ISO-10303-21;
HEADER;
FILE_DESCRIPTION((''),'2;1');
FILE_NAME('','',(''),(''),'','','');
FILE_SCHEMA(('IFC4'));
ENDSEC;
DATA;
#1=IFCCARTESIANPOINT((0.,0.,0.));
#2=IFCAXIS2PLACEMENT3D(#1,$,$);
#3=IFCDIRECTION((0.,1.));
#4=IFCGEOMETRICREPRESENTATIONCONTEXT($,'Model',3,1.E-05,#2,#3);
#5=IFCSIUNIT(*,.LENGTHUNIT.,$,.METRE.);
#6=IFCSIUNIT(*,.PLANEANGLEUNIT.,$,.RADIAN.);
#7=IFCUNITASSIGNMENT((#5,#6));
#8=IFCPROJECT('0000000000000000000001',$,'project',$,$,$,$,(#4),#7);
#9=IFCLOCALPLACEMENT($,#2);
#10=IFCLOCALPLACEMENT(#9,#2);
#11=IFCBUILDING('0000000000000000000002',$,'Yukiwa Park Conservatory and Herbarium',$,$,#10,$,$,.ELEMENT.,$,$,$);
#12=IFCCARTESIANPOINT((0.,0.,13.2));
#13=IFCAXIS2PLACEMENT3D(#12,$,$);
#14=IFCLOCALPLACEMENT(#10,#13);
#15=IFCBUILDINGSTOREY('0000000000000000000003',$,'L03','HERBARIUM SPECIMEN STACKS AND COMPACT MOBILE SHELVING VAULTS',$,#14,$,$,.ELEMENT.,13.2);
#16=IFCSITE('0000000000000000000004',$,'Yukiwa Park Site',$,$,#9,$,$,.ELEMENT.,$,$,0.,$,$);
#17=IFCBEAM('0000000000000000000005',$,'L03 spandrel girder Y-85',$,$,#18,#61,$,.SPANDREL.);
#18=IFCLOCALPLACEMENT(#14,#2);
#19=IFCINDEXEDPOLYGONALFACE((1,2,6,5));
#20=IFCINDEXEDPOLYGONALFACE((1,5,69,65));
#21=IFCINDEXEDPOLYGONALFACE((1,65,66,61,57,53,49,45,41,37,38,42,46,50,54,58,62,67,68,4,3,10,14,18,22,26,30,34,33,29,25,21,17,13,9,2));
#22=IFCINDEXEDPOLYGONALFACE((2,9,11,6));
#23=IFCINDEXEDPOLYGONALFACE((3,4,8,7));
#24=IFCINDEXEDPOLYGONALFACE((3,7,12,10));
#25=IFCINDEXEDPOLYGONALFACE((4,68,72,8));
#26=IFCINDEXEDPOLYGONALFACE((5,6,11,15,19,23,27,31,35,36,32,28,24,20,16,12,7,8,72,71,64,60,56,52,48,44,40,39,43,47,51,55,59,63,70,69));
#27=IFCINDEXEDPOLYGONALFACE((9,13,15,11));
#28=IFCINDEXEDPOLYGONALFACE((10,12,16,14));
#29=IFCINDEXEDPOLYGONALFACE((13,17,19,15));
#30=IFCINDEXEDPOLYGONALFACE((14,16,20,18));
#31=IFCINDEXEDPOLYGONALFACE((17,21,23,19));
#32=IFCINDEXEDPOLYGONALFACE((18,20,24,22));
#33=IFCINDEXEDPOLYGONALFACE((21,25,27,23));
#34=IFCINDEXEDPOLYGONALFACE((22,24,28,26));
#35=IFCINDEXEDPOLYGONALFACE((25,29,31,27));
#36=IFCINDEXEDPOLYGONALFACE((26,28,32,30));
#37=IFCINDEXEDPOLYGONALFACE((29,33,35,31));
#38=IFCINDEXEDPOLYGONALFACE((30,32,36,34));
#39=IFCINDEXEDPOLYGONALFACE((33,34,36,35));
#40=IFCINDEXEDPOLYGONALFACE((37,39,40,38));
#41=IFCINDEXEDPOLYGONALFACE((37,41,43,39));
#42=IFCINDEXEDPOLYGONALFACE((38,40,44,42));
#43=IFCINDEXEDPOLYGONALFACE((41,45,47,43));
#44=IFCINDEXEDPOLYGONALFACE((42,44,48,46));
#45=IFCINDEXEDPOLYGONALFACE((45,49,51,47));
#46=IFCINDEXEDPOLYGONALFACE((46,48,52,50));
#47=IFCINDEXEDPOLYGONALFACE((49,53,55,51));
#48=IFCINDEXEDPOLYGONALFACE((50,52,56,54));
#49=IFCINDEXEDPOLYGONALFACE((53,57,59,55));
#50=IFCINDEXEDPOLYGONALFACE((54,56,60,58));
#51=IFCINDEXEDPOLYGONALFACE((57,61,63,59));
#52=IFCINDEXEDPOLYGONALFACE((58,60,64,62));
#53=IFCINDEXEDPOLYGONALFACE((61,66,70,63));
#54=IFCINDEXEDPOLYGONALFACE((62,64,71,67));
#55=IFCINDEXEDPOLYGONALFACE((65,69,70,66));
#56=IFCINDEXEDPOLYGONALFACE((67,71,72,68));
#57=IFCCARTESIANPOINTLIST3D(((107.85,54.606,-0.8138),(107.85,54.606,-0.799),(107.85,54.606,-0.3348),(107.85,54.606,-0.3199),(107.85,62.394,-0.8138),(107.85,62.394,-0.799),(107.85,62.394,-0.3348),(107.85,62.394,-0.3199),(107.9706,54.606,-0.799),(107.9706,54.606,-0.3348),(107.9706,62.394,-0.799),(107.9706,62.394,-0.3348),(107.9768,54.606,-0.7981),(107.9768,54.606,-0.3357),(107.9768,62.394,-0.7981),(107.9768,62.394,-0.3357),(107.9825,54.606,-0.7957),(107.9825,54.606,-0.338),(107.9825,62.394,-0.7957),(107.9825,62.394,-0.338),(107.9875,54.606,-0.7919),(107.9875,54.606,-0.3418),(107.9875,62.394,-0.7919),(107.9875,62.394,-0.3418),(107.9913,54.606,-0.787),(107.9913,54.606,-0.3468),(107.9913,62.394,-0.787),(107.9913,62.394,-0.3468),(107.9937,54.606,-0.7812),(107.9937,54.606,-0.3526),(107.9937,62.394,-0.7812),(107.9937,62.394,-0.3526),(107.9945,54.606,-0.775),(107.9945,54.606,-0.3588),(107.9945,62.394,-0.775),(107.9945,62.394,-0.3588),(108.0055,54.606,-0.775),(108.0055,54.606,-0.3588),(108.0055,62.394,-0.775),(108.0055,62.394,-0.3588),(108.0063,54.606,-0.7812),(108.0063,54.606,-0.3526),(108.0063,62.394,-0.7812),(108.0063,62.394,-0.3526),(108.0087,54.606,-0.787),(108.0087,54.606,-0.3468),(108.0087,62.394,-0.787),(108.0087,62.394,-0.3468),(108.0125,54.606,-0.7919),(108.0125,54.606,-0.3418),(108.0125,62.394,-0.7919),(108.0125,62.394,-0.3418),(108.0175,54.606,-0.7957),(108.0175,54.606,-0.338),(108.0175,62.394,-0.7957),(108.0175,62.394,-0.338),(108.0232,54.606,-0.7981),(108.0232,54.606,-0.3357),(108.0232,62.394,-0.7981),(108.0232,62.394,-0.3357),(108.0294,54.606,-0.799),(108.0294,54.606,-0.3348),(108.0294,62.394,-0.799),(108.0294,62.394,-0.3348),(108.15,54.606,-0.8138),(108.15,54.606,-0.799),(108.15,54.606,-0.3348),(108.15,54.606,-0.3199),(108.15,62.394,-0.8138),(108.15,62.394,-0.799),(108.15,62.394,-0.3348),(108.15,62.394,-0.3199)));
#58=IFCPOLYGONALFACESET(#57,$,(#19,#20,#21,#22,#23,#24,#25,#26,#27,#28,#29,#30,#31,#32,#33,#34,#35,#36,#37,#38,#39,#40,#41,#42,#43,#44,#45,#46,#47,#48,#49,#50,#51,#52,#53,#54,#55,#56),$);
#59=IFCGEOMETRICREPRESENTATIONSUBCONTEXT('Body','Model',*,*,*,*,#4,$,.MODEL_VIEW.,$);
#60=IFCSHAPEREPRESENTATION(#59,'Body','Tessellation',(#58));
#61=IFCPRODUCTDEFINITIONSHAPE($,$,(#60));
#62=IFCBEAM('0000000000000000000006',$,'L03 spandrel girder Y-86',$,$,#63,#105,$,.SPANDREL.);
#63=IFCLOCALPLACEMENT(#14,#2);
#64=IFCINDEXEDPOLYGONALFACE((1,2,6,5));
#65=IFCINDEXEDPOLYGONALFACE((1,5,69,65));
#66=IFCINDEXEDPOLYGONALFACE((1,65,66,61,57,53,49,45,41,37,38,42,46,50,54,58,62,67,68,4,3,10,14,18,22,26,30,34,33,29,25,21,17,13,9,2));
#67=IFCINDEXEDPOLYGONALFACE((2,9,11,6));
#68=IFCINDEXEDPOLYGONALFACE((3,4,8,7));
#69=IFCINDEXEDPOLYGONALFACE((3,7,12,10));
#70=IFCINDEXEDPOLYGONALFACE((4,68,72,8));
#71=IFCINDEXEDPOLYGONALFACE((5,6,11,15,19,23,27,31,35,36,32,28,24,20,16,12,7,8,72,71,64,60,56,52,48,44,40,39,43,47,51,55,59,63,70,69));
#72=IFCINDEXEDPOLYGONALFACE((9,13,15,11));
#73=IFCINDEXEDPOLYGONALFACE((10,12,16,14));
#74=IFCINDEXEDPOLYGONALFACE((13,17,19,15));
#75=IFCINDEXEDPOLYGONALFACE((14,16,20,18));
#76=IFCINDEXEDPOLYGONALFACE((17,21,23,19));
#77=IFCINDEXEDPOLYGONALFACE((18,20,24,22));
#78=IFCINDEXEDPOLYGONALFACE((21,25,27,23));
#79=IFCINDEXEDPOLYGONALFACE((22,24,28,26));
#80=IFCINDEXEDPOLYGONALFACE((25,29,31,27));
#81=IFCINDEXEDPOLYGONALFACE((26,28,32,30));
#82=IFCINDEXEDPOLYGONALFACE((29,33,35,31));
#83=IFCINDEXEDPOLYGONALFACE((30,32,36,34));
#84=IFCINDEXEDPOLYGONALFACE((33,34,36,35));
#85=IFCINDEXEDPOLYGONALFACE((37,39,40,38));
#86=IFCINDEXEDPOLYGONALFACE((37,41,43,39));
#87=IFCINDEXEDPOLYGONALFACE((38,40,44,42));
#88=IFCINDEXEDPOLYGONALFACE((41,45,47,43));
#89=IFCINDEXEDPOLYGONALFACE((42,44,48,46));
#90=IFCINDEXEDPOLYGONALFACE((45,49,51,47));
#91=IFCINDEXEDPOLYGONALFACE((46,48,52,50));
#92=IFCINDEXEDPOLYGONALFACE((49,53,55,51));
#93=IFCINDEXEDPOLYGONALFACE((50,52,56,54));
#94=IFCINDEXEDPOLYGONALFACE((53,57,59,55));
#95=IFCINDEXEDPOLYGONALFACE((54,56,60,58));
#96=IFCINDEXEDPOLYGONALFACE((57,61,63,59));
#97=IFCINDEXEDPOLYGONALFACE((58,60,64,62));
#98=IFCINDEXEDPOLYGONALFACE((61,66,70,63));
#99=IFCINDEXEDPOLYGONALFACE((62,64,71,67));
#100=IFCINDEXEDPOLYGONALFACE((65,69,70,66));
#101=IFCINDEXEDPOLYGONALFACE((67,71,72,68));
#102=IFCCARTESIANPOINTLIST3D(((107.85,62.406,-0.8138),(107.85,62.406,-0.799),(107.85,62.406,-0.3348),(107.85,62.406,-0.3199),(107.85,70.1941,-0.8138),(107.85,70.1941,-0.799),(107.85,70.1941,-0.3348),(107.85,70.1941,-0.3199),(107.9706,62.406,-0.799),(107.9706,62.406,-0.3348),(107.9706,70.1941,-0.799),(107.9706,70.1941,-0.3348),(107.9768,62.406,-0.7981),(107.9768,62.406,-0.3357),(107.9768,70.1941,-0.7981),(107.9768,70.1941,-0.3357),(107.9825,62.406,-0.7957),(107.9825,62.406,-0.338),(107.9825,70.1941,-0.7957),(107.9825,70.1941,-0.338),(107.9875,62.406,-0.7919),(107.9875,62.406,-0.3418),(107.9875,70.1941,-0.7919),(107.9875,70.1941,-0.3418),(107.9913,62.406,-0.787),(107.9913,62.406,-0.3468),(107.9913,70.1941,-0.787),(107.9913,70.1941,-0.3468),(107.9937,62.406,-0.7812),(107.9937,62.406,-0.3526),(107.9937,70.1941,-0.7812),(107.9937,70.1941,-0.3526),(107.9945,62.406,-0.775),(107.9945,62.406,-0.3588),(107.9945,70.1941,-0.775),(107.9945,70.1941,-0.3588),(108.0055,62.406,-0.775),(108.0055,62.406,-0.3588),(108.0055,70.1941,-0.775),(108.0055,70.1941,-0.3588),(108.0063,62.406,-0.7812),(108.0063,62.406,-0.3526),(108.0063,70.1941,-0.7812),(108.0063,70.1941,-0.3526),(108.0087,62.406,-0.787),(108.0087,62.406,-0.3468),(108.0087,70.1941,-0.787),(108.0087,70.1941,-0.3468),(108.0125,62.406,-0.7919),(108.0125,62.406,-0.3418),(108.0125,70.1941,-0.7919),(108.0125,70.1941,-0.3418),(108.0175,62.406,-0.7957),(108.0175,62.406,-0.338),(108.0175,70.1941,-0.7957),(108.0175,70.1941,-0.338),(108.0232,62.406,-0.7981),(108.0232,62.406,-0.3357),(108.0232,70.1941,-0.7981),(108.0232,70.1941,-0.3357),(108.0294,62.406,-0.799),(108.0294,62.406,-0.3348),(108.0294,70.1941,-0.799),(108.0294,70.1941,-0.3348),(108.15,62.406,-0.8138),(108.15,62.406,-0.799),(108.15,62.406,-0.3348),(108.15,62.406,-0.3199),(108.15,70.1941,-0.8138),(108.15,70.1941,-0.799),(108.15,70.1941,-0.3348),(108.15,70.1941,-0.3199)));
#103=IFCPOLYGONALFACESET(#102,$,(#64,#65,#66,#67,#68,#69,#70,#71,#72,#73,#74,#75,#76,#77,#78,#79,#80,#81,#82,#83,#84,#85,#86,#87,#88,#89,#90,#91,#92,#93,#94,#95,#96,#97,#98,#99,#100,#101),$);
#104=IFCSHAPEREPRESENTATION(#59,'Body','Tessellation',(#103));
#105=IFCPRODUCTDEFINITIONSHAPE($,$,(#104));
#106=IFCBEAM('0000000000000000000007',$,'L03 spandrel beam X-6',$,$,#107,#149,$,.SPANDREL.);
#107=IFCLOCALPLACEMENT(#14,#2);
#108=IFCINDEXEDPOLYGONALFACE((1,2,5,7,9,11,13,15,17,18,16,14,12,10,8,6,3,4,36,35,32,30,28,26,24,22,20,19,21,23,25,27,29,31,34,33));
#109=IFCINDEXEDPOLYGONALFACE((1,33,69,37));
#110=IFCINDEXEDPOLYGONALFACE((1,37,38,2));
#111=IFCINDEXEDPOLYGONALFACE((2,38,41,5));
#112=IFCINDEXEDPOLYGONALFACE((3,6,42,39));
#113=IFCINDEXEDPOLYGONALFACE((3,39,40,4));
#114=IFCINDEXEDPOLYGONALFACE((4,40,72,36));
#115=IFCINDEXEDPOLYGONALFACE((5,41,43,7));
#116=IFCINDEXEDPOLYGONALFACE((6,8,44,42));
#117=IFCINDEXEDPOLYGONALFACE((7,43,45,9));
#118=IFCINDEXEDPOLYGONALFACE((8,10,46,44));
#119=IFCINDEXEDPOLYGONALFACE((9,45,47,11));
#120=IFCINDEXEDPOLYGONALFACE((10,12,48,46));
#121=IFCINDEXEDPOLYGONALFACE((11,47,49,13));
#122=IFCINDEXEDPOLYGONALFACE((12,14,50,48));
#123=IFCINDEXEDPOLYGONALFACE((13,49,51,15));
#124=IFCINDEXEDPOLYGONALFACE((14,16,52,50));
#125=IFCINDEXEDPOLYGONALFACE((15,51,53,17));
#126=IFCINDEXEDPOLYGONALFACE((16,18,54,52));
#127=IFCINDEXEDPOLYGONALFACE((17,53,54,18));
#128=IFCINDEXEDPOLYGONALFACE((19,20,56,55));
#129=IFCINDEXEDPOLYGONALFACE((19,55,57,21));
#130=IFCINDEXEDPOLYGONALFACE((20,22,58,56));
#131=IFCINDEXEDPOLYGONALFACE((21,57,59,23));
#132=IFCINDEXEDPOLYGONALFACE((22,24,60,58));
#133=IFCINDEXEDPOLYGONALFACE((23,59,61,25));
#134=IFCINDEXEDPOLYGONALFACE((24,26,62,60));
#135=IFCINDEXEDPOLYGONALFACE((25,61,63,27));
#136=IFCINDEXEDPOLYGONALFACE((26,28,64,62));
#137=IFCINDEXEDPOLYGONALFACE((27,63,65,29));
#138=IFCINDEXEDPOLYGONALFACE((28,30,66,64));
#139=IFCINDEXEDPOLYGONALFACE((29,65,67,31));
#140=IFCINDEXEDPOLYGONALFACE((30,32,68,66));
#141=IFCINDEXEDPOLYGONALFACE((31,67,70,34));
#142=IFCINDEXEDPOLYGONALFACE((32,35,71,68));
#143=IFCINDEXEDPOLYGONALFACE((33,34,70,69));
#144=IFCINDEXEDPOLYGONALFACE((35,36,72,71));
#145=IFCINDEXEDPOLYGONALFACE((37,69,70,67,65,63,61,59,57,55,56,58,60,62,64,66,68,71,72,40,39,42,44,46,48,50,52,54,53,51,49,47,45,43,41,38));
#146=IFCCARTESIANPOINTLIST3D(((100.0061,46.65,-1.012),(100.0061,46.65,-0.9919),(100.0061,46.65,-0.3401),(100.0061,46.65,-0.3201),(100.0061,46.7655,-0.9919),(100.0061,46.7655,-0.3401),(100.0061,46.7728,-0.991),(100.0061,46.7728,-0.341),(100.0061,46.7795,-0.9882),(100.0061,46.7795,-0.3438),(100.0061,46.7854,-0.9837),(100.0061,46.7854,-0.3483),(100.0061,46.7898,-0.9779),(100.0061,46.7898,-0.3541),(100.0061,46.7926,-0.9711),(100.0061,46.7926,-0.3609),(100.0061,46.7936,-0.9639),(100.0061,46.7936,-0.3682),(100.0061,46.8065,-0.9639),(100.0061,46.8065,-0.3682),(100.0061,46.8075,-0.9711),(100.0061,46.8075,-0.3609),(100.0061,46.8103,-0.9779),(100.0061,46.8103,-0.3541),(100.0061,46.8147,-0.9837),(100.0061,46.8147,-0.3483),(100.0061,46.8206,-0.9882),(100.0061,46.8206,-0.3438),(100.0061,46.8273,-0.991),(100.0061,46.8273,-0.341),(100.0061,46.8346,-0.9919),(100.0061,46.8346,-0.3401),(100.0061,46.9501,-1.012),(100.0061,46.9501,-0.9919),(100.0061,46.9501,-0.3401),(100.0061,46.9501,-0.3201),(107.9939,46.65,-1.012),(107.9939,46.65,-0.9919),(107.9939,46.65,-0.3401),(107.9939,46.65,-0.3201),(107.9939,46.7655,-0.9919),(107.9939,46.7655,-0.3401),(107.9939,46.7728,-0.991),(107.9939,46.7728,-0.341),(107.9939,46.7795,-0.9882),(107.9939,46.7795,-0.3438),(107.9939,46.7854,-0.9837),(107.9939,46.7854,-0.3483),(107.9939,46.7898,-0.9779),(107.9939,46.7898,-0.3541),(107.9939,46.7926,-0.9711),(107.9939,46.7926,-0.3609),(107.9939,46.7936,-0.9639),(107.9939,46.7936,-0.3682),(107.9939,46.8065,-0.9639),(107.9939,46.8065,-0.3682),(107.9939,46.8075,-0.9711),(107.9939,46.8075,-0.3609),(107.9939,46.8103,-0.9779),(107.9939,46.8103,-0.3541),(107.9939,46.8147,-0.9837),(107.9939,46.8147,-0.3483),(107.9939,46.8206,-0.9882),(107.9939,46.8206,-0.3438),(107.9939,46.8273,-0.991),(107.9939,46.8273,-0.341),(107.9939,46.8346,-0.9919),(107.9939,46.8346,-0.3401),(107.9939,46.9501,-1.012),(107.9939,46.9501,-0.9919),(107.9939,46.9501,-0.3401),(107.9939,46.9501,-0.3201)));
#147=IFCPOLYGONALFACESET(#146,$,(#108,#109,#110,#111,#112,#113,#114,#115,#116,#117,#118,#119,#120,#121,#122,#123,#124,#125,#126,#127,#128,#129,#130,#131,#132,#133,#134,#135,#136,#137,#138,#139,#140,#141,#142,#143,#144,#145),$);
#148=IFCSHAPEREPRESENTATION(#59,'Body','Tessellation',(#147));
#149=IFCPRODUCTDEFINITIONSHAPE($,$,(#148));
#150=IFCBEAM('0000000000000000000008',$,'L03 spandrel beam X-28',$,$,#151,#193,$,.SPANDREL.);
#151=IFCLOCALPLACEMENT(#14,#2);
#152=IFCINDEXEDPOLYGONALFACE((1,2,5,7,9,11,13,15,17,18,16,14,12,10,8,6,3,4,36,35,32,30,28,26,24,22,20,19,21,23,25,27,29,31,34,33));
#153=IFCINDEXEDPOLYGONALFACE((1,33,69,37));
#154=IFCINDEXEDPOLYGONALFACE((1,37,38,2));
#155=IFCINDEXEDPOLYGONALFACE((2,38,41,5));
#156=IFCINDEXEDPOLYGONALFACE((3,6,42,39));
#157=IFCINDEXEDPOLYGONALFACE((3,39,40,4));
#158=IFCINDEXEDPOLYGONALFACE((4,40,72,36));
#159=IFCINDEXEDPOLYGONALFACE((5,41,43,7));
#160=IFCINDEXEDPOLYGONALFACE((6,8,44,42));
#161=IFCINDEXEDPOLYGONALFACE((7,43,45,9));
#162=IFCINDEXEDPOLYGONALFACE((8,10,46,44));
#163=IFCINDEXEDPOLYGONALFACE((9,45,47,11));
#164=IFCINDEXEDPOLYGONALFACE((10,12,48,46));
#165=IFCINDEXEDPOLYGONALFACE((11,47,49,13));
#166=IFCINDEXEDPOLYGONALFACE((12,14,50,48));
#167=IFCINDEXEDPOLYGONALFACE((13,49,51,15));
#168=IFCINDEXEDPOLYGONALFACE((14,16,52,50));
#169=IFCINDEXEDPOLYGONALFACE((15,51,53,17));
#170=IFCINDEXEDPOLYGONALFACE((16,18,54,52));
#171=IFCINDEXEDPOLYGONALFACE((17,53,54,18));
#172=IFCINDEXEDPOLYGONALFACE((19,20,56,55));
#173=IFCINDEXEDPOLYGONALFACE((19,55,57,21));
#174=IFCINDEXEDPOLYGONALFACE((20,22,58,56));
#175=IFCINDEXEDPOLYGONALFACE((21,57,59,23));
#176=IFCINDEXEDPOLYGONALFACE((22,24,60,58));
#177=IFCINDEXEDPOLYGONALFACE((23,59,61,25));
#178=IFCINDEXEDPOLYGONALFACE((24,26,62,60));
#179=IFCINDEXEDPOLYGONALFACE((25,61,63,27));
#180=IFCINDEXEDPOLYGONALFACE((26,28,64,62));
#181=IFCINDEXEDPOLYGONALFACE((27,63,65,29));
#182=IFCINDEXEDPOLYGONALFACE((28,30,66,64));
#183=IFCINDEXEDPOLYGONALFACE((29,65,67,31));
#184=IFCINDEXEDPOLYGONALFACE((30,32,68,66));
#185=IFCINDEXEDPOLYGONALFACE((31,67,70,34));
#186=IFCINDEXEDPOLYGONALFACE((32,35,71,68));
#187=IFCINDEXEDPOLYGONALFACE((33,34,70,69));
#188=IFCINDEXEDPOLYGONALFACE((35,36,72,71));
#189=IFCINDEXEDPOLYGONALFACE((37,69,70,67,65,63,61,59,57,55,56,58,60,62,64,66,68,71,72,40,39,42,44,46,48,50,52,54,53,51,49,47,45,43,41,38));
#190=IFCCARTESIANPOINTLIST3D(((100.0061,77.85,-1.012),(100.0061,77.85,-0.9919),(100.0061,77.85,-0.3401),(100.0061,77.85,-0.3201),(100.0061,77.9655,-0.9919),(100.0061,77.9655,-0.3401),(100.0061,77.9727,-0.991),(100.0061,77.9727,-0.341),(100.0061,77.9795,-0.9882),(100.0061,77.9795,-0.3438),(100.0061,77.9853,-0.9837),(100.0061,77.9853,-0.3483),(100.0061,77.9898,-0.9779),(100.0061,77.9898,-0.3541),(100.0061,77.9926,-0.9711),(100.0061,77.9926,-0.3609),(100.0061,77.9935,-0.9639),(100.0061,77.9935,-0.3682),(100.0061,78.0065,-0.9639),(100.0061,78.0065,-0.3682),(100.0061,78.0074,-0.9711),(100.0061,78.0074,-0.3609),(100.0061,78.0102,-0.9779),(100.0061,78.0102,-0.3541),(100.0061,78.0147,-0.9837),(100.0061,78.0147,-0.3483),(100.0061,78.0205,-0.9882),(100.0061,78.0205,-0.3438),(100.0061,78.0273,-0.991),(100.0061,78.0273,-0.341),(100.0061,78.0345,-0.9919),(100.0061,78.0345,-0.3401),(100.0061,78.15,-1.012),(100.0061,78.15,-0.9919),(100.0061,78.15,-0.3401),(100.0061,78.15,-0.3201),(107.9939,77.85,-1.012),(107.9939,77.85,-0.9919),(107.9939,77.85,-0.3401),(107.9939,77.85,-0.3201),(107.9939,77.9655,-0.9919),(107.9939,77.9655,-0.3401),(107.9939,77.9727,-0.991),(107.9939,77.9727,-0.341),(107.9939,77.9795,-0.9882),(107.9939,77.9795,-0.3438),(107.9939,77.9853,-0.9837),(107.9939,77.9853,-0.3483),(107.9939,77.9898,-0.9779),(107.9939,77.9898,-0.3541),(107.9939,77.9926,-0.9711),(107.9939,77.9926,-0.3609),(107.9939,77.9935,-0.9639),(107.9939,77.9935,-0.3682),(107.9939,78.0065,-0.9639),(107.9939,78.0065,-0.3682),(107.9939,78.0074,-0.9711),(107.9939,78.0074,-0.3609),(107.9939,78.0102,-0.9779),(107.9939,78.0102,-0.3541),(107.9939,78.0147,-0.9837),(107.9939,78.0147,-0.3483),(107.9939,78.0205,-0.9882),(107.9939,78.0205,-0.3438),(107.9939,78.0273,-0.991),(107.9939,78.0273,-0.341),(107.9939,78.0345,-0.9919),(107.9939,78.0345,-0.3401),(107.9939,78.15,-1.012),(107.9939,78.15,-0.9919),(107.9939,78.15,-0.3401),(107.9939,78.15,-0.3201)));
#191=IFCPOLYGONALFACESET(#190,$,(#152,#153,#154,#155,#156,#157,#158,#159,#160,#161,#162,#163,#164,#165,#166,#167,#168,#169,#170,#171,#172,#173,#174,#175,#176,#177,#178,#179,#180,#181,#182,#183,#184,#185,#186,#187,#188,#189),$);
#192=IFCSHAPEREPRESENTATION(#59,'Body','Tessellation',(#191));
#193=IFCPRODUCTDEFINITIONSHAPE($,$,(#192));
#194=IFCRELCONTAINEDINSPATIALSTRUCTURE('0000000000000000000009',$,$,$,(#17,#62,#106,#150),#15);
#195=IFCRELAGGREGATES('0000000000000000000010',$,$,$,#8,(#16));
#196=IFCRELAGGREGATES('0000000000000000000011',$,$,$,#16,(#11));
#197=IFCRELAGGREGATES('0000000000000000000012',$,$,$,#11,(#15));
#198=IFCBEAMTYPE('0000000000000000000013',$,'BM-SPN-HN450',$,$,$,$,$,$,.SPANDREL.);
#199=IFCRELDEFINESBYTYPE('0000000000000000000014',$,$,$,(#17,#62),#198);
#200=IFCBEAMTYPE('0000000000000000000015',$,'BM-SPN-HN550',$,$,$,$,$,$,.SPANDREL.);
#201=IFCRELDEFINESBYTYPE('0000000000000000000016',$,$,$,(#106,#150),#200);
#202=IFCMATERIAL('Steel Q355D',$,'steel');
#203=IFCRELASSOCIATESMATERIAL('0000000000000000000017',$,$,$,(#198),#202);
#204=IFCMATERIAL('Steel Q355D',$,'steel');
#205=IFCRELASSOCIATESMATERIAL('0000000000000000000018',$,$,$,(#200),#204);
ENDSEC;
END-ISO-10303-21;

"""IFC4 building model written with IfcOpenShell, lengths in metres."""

from ifc_helpers import new_model, si_unit, direction, frame, origin, origin_2d, place, context, subcontext, project, spatial, i_section, extrude, material, material_profile, profile_set, type_object, element, save


model = new_model("IFC4")

# Units and contexts
model_context = context("Model", 3, precision=1e-05, world=origin(), true_north=direction((0.0, 1.0)))
body_context = subcontext(model_context, "Body", "Model", "MODEL_VIEW")
ifc_project = project(units=[si_unit("LENGTHUNIT", "METRE"), si_unit("PLANEANGLEUNIT", "RADIAN")], contexts=[model_context])

# Site, building, storey
site_placement = place(None, origin())
site = spatial("IfcSite", under=ifc_project, at=site_placement, Name="Yukiwa Park Site", CompositionType="ELEMENT", RefElevation=0.0)
building_placement = place(site_placement, origin())
building = spatial("IfcBuilding", under=site, at=building_placement, Name="Yukiwa Park Conservatory and Herbarium", CompositionType="ELEMENT")
storey_placement = place(building_placement, frame((0.0, 0.0, 13.2)))
storey = spatial("IfcBuildingStorey", under=building, at=storey_placement, Name="L03", Description="HERBARIUM SPECIMEN STACKS AND COMPACT MOBILE SHELVING VAULTS", CompositionType="ELEMENT", Elevation=13.2)

# Beams
ifc_material_1 = material(Name="Steel Q355D", Category="steel")
ifc_material_profile_1 = material_profile(ifc_material_1, i_section(OverallWidth=0.3, OverallDepth=0.4939, WebThickness=0.011, FlangeThickness=0.0149, FilletRadius=0.0239, at=origin_2d()), Name="HM 494x300x11x15")
ifc_profile_set_1 = profile_set([ifc_material_profile_1], Name="Steel Q355D")
beam_type_1 = type_object("IfcBeamType", Name="BM-SPN-HN450", PredefinedType="SPANDREL", material=ifc_profile_set_1)
for number, where, z_axis, x_axis, name in (
    (1, (108.0, 54.606, -0.5669), (0.0, 1.0, 0.0), (-1.0, 0.0, 0.0), "L03 spandrel girder Y-85"),
    (2, (108.0, 62.406, -0.5669), (0.0, 1.0, 0.0), (-1.0, 0.0, 0.0), "L03 spandrel girder Y-86"),
):
    element("IfcBeam", number, at=place(storey_placement, frame(where, z_axis=z_axis, x_axis=x_axis)), inside=storey, type_object=beam_type_1, Name=name, PredefinedType="SPANDREL", context=body_context, shape_type="SweptSolid", body=[
        extrude(i_section(OverallWidth=0.3, OverallDepth=0.4939, WebThickness=0.011, FlangeThickness=0.0149, FilletRadius=0.0239, at=origin_2d()), origin(), (0.0, 0.0, 1.0), 7.7881),
    ])
ifc_material_2 = material(Name="Steel Q355D", Category="steel")
ifc_material_profile_2 = material_profile(ifc_material_2, i_section(OverallWidth=0.3, OverallDepth=0.6919, WebThickness=0.0129, FlangeThickness=0.02, FilletRadius=0.0281, at=origin_2d()), Name="HN 692x300x13x20")
ifc_profile_set_2 = profile_set([ifc_material_profile_2], Name="Steel Q355D")
beam_type_2 = type_object("IfcBeamType", Name="BM-SPN-HN550", PredefinedType="SPANDREL", material=ifc_profile_set_2)
for number, where, z_axis, x_axis, name in (
    (3, (100.0061, 46.8, -0.666), (1.0, 0.0, 0.0), (0.0, 1.0, 0.0), "L03 spandrel beam X-6"),
    (4, (100.0061, 78.0, -0.666), (1.0, 0.0, 0.0), (0.0, 1.0, 0.0), "L03 spandrel beam X-28"),
):
    element("IfcBeam", number, at=place(storey_placement, frame(where, z_axis=z_axis, x_axis=x_axis)), inside=storey, type_object=beam_type_2, Name=name, PredefinedType="SPANDREL", context=body_context, shape_type="SweptSolid", body=[
        extrude(i_section(OverallWidth=0.3, OverallDepth=0.6919, WebThickness=0.0129, FlangeThickness=0.02, FilletRadius=0.0281, at=origin_2d()), origin(), (0.0, 0.0, 1.0), 7.9878),
    ])

save(model, "model.ifc")
